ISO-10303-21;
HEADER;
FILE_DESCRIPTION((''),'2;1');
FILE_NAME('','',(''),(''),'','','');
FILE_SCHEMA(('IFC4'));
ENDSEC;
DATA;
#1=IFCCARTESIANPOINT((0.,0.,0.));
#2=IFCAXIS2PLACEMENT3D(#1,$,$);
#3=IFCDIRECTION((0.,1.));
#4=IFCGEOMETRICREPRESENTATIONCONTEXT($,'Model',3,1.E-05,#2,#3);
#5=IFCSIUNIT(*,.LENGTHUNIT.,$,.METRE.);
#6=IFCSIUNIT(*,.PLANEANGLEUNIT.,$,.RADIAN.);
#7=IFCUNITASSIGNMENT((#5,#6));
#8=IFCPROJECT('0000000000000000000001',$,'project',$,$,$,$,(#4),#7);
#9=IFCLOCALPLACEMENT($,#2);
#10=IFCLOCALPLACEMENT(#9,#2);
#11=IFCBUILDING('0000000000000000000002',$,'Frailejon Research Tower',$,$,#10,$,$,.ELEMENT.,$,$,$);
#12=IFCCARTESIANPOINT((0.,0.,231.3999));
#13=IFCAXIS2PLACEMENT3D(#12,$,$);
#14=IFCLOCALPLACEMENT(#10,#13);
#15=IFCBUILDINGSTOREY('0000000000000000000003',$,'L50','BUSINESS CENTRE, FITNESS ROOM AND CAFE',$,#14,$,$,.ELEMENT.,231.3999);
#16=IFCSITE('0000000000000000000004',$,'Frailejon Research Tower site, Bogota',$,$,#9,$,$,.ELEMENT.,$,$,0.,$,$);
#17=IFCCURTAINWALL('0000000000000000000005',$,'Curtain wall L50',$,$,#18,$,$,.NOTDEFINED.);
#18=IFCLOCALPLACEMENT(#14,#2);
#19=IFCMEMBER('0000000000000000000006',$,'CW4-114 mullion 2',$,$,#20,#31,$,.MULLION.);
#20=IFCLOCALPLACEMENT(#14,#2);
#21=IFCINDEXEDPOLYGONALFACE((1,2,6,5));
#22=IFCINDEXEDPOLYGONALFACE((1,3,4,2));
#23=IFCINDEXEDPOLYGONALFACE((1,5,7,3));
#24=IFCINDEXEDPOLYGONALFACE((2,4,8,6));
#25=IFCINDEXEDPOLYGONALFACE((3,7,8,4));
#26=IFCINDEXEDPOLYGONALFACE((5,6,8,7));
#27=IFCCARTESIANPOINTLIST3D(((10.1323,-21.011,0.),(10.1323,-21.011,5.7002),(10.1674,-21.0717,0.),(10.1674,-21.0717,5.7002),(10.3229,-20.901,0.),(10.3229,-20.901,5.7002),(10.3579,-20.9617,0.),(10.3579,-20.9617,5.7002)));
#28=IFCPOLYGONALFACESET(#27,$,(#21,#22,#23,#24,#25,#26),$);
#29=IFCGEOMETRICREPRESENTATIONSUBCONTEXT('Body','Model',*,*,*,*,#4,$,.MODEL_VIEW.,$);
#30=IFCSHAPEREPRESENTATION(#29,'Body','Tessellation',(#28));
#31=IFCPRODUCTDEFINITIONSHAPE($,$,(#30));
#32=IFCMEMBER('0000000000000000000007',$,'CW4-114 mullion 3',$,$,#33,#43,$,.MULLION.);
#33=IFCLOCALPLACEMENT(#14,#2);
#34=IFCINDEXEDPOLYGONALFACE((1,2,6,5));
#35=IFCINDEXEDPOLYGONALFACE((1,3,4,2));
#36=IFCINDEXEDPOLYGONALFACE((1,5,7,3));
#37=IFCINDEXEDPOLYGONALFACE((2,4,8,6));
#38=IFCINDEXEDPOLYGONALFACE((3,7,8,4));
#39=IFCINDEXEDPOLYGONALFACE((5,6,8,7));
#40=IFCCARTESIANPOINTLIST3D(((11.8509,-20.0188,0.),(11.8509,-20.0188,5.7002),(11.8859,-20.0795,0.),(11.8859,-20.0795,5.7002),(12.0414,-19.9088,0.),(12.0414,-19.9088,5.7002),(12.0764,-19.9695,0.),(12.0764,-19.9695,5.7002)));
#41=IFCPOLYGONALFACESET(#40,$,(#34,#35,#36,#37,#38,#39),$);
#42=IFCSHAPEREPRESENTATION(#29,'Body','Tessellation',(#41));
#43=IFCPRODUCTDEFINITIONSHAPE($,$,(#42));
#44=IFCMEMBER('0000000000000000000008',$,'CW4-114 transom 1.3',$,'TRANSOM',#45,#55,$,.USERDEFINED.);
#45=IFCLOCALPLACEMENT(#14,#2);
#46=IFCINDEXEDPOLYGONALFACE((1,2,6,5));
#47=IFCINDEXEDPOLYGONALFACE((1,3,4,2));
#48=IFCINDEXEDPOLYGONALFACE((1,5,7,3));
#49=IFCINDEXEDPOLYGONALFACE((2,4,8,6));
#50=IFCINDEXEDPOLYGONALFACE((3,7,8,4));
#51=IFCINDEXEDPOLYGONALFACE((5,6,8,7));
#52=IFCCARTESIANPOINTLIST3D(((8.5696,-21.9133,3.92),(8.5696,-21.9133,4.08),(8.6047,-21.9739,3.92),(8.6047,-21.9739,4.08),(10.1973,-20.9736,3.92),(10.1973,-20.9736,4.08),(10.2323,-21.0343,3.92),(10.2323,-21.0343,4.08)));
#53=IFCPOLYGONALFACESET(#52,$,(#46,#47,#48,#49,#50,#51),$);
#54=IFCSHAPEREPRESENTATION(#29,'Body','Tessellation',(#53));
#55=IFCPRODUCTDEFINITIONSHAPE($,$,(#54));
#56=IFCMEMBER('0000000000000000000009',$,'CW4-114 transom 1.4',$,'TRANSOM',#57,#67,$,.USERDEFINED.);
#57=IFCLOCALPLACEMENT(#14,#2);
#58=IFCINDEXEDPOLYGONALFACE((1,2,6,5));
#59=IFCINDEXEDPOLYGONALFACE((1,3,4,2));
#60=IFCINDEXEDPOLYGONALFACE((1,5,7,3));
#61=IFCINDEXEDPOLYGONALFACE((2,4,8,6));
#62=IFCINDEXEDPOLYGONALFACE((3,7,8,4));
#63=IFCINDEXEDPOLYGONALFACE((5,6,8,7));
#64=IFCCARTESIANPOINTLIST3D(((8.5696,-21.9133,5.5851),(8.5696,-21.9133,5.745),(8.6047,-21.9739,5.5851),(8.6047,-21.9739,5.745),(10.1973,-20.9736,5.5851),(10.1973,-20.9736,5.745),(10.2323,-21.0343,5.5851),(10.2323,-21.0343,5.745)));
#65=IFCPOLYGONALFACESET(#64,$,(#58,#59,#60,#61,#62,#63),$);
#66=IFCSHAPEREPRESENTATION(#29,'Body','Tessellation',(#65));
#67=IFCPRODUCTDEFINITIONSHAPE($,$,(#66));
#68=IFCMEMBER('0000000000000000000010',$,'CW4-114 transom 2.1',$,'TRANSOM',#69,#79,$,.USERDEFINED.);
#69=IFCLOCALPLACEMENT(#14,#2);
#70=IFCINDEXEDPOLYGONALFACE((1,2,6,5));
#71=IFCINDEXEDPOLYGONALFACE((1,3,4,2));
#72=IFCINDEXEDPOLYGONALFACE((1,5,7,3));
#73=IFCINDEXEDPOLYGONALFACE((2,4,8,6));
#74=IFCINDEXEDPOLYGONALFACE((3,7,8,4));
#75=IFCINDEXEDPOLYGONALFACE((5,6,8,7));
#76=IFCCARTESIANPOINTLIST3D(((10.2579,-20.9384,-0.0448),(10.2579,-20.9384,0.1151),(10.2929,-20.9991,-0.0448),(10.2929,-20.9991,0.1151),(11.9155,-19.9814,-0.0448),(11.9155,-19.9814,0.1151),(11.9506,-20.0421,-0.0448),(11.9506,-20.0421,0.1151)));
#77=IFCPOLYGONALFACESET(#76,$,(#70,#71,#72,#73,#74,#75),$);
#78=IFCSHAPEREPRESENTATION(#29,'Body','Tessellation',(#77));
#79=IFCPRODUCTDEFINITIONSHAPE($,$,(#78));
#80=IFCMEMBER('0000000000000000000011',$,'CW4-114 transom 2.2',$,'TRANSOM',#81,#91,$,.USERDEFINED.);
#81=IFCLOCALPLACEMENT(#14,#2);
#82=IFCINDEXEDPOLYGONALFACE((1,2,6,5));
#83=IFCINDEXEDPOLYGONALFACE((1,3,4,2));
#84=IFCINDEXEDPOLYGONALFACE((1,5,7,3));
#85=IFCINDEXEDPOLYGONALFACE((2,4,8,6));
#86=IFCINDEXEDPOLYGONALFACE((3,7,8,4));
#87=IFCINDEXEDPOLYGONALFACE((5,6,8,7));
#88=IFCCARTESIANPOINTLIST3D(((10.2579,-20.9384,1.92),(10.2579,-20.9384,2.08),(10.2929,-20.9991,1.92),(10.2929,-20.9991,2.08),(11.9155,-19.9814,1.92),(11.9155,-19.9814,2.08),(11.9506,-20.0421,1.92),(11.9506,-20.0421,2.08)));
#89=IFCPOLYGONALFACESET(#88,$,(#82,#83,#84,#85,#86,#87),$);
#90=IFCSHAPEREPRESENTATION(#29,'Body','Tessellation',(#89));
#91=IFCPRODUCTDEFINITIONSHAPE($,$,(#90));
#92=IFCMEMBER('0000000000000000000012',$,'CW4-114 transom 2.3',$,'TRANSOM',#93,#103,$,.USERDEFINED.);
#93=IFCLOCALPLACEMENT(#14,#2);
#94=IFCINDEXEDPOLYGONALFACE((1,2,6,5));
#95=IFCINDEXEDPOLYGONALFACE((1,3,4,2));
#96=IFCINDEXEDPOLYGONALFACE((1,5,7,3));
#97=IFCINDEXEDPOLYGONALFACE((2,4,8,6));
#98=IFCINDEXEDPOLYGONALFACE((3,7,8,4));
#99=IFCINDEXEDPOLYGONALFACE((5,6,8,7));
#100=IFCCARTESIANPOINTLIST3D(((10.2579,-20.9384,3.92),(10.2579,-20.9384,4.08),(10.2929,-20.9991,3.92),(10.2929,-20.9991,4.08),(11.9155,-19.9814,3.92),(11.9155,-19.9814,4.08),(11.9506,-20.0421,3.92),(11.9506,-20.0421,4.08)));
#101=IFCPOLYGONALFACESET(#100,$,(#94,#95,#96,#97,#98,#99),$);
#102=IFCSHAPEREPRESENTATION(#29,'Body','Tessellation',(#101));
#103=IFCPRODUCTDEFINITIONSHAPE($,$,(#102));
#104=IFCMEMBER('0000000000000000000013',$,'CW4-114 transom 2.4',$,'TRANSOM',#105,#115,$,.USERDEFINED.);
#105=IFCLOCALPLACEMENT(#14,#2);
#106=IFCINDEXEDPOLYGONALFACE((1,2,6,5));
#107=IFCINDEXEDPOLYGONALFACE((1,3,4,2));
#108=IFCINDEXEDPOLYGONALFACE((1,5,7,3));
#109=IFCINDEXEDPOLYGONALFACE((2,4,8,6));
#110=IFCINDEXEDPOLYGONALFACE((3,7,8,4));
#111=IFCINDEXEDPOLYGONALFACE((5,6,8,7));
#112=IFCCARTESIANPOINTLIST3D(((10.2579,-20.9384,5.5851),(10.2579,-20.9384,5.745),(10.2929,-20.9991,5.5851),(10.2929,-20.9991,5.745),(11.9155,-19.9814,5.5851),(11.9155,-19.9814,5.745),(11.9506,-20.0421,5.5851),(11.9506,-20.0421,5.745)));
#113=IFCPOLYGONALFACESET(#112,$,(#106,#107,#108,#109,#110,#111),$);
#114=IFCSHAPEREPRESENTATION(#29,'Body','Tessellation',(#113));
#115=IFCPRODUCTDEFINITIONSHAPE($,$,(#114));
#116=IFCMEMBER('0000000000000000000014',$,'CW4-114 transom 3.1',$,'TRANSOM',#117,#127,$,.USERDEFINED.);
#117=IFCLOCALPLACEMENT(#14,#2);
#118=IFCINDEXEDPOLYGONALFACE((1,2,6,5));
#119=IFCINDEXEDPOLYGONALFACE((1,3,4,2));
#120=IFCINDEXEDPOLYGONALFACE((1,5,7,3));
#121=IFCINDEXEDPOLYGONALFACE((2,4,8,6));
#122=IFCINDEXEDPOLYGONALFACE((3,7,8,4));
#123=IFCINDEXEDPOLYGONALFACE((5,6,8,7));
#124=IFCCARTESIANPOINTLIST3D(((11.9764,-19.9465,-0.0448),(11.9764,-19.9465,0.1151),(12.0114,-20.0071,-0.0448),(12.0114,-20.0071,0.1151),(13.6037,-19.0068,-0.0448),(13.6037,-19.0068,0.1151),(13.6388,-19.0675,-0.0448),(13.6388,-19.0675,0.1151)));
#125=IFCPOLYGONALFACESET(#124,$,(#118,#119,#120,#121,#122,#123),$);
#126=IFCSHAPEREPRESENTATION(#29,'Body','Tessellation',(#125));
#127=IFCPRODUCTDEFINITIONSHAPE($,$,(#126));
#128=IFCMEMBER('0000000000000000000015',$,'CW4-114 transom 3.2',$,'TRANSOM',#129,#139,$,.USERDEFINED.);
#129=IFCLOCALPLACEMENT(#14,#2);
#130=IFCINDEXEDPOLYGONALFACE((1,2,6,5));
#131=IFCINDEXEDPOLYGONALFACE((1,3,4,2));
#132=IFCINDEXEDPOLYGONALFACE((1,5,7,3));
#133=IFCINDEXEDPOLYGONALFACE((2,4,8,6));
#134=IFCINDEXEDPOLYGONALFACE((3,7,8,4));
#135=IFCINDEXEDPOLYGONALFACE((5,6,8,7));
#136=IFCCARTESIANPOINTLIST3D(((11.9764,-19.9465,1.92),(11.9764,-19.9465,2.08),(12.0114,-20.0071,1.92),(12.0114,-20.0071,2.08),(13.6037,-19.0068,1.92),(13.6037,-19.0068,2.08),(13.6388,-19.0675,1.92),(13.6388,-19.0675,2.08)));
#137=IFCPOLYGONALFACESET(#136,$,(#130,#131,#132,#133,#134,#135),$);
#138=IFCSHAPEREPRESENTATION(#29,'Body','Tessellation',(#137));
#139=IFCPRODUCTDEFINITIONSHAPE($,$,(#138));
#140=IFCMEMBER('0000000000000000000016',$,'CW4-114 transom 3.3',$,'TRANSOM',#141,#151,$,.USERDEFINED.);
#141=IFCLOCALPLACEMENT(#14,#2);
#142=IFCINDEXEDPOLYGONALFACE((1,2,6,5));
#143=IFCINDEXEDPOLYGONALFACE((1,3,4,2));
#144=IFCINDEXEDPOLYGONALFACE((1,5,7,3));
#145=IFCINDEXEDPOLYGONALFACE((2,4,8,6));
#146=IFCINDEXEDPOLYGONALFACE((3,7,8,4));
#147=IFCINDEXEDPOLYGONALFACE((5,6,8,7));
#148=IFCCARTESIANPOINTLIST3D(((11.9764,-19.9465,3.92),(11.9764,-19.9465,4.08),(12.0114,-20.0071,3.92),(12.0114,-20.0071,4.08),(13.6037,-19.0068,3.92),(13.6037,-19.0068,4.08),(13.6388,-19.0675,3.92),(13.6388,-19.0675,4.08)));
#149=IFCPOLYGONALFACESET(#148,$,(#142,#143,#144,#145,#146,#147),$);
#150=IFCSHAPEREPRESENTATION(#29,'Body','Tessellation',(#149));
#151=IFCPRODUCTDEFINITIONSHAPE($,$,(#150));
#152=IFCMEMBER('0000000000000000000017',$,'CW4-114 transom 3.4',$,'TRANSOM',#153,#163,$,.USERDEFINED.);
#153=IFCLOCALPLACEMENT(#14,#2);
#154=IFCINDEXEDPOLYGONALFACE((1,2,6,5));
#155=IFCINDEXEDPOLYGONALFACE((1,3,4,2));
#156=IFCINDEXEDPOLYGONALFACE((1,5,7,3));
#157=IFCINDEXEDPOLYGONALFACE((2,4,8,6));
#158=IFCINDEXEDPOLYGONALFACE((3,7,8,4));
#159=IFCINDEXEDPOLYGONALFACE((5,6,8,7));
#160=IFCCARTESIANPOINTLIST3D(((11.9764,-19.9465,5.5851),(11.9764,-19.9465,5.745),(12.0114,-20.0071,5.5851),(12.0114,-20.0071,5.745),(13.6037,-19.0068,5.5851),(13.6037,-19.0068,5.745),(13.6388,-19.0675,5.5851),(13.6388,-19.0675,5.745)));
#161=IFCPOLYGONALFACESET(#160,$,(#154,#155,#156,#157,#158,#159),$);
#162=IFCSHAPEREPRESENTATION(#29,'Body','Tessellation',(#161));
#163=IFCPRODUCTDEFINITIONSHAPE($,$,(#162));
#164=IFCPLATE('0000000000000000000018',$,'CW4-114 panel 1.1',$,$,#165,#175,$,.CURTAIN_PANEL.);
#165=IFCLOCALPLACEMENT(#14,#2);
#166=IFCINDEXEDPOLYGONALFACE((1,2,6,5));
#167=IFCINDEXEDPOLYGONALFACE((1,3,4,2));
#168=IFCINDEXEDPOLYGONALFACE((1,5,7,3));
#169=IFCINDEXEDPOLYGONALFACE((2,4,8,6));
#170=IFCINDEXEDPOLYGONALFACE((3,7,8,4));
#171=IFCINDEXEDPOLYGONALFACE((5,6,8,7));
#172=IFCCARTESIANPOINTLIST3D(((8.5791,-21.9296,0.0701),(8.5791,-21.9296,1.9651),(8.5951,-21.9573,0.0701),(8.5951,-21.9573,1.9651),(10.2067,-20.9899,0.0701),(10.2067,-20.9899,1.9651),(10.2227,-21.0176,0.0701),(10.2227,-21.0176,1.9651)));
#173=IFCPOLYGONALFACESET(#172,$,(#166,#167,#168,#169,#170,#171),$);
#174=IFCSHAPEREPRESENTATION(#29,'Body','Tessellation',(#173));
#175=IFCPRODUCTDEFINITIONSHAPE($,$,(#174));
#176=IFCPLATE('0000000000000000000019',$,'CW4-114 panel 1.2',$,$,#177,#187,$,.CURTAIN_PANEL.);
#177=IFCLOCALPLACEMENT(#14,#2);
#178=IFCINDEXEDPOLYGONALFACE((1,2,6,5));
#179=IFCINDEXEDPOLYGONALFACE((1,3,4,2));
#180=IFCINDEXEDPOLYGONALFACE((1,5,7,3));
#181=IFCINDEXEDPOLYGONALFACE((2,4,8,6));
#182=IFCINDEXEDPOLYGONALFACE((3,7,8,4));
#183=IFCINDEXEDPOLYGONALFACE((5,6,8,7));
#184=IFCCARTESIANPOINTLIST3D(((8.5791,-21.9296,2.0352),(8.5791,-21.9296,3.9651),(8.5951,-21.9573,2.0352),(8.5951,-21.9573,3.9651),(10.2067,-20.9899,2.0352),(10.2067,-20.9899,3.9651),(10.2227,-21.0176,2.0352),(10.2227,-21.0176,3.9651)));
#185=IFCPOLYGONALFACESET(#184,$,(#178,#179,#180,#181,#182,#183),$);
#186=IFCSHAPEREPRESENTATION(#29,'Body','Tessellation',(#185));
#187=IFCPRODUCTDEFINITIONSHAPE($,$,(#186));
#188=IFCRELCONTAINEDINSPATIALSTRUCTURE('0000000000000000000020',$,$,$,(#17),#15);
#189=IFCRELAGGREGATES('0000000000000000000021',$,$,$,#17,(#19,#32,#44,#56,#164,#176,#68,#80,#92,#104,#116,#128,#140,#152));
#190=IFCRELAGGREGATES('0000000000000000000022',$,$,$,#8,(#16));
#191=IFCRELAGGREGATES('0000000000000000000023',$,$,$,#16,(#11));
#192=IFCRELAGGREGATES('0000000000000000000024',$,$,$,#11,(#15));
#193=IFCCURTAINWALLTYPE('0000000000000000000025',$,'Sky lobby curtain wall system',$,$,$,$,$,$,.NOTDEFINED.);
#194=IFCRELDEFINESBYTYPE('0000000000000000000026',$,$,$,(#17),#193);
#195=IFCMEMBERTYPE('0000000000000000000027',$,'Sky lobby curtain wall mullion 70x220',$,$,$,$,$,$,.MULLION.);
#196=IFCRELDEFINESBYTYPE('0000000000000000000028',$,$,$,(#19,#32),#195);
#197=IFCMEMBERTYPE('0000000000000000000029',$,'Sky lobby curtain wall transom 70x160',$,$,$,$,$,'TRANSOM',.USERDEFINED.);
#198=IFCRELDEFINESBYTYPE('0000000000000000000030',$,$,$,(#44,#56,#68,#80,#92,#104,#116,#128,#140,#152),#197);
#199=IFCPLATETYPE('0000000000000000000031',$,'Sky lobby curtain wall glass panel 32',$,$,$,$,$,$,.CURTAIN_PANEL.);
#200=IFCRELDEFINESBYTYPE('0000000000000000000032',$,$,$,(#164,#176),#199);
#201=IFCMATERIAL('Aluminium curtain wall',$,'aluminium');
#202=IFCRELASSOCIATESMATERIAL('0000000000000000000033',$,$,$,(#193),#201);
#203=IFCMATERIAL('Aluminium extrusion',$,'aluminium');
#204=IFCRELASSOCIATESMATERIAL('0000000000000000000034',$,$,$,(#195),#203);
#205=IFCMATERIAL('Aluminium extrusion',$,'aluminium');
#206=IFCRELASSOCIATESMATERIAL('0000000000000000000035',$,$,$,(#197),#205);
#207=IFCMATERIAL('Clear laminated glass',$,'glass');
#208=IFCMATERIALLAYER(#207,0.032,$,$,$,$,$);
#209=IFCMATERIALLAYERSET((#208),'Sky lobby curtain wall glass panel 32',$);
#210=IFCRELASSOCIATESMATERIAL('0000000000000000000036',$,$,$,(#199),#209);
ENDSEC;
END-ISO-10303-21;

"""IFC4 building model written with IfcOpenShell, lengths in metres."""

from ifc_helpers import new_model, si_unit, direction, frame, origin, origin_2d, place, context, subcontext, project, spatial, rectangle, extrude, material, layer, layer_set, material_profile, profile_set, type_object, element, aggregate, save


model = new_model("IFC4")

# Units and contexts
model_context = context("Model", 3, precision=1e-05, world=origin(), true_north=direction((0.0, 1.0)))
body_context = subcontext(model_context, "Body", "Model", "MODEL_VIEW")
ifc_project = project(units=[si_unit("LENGTHUNIT", "METRE"), si_unit("PLANEANGLEUNIT", "RADIAN")], contexts=[model_context])

# Site, building, storey
site_placement = place(None, origin())
site = spatial("IfcSite", under=ifc_project, at=site_placement, Name="Frailejon Research Tower site, Bogota", CompositionType="ELEMENT", RefElevation=0.0)
building_placement = place(site_placement, origin())
building = spatial("IfcBuilding", under=site, at=building_placement, Name="Frailejon Research Tower", CompositionType="ELEMENT")
storey_placement = place(building_placement, frame((0.0, 0.0, 231.3999)))
storey = spatial("IfcBuildingStorey", under=building, at=storey_placement, Name="L50", Description="BUSINESS CENTRE, FITNESS ROOM AND CAFE", CompositionType="ELEMENT", Elevation=231.3999)

# Curtain wall, members, plates
ifc_material_1 = material(Name="Aluminium curtain wall", Category="aluminium")
curtain_wall_type = type_object("IfcCurtainWallType", Name="Sky lobby curtain wall system", PredefinedType="NOTDEFINED", material=ifc_material_1)
curtain_wall_placement = place(storey_placement, origin())
curtain_wall = element("IfcCurtainWall", 1, at=curtain_wall_placement, inside=storey, type_object=curtain_wall_type, Name="Curtain wall L50", PredefinedType="NOTDEFINED")
ifc_material_2 = material(Name="Aluminium extrusion", Category="aluminium")
ifc_material_profile_1 = material_profile(ifc_material_2, rectangle(XDim=0.0701, YDim=0.22, at=origin_2d()), Name="Sky lobby curtain wall mullion 70x220")
ifc_profile_set_1 = profile_set([ifc_material_profile_1], Name="Aluminium extrusion")
member_type_1 = type_object("IfcMemberType", Name="Sky lobby curtain wall mullion 70x220", PredefinedType="MULLION", material=ifc_profile_set_1)
member_1_placement = place(storey_placement, frame((10.2451, -20.9863, 0.0), z_axis=(0.0, 0.0, 1.0), x_axis=(-0.499991, 0.866031, 0.0)))
member_1 = element("IfcMember", 2, at=member_1_placement, type_object=member_type_1, Name="CW4-114 mullion 2", PredefinedType="MULLION", context=body_context, shape_type="SweptSolid", body=[
    extrude(rectangle(XDim=0.0701, YDim=0.22, at=origin_2d()), origin(), (0.0, 0.0, 1.0), 5.7002),
])
member_2_placement = place(storey_placement, frame((11.9636, -19.9941, 0.0), z_axis=(0.0, 0.0, 1.0), x_axis=(-0.499991, 0.866031, 0.0)))
member_2 = element("IfcMember", 3, at=member_2_placement, type_object=member_type_1, Name="CW4-114 mullion 3", PredefinedType="MULLION", context=body_context, shape_type="SweptSolid", body=[
    extrude(rectangle(XDim=0.0701, YDim=0.22, at=origin_2d()), origin(), (0.0, 0.0, 1.0), 5.7002),
])
ifc_material_3 = material(Name="Aluminium extrusion", Category="aluminium")
ifc_material_profile_2 = material_profile(ifc_material_3, rectangle(XDim=0.0701, YDim=0.1599, at=origin_2d()), Name="Sky lobby curtain wall transom 70x160")
ifc_profile_set_2 = profile_set([ifc_material_profile_2], Name="Aluminium extrusion")
member_type_2 = type_object("IfcMemberType", Name="Sky lobby curtain wall transom 70x160", ElementType="TRANSOM", PredefinedType="USERDEFINED", material=ifc_profile_set_2)
member_3_placement = place(storey_placement, frame((8.5872, -21.9436, 4.0), z_axis=(0.866036, 0.499981, 0.0), x_axis=(-0.499981, 0.866036, 0.0)))
member_3 = element("IfcMember", 4, at=member_3_placement, type_object=member_type_2, Name="CW4-114 transom 1.3", ObjectType="TRANSOM", PredefinedType="USERDEFINED", context=body_context, shape_type="SweptSolid", body=[
    extrude(rectangle(XDim=0.0701, YDim=0.1599, at=origin_2d()), origin(), (0.0, 0.0, 1.0), 1.8794),
])
member_4_placement = place(storey_placement, frame((8.5872, -21.9436, 5.665), z_axis=(0.866036, 0.499981, 0.0), x_axis=(-0.499981, 0.866036, 0.0)))
member_4 = element("IfcMember", 5, at=member_4_placement, type_object=member_type_2, Name="CW4-114 transom 1.4", ObjectType="TRANSOM", PredefinedType="USERDEFINED", context=body_context, shape_type="SweptSolid", body=[
    extrude(rectangle(XDim=0.0701, YDim=0.1599, at=origin_2d()), origin(), (0.0, 0.0, 1.0), 1.8794),
])
member_5_placement = place(storey_placement, frame((10.2754, -20.9688, 0.0352), z_axis=(0.866037, 0.49998, 0.0), x_axis=(-0.49998, 0.866037, 0.0)))
member_5 = element("IfcMember", 6, at=member_5_placement, type_object=member_type_2, Name="CW4-114 transom 2.1", ObjectType="TRANSOM", PredefinedType="USERDEFINED", context=body_context, shape_type="SweptSolid", body=[
    extrude(rectangle(XDim=0.0701, YDim=0.1599, at=origin_2d()), origin(), (0.0, 0.0, 1.0), 1.9141),
])
member_6_placement = place(storey_placement, frame((10.2754, -20.9688, 2.0), z_axis=(0.866037, 0.49998, 0.0), x_axis=(-0.49998, 0.866037, 0.0)))
member_6 = element("IfcMember", 7, at=member_6_placement, type_object=member_type_2, Name="CW4-114 transom 2.2", ObjectType="TRANSOM", PredefinedType="USERDEFINED", context=body_context, shape_type="SweptSolid", body=[
    extrude(rectangle(XDim=0.0701, YDim=0.1599, at=origin_2d()), origin(), (0.0, 0.0, 1.0), 1.9141),
])
member_7_placement = place(storey_placement, frame((10.2754, -20.9688, 4.0), z_axis=(0.866037, 0.49998, 0.0), x_axis=(-0.49998, 0.866037, 0.0)))
member_7 = element("IfcMember", 8, at=member_7_placement, type_object=member_type_2, Name="CW4-114 transom 2.3", ObjectType="TRANSOM", PredefinedType="USERDEFINED", context=body_context, shape_type="SweptSolid", body=[
    extrude(rectangle(XDim=0.0701, YDim=0.1599, at=origin_2d()), origin(), (0.0, 0.0, 1.0), 1.9141),
])
member_8_placement = place(storey_placement, frame((10.2754, -20.9688, 5.665), z_axis=(0.866037, 0.49998, 0.0), x_axis=(-0.49998, 0.866037, 0.0)))
member_8 = element("IfcMember", 9, at=member_8_placement, type_object=member_type_2, Name="CW4-114 transom 2.4", ObjectType="TRANSOM", PredefinedType="USERDEFINED", context=body_context, shape_type="SweptSolid", body=[
    extrude(rectangle(XDim=0.0701, YDim=0.1599, at=origin_2d()), origin(), (0.0, 0.0, 1.0), 1.9141),
])
member_9_placement = place(storey_placement, frame((11.9939, -19.9768, 0.0352), z_axis=(0.866004, 0.500037, 0.0), x_axis=(-0.500037, 0.866004, 0.0)))
member_9 = element("IfcMember", 10, at=member_9_placement, type_object=member_type_2, Name="CW4-114 transom 3.1", ObjectType="TRANSOM", PredefinedType="USERDEFINED", context=body_context, shape_type="SweptSolid", body=[
    extrude(rectangle(XDim=0.0701, YDim=0.1599, at=origin_2d()), origin(), (0.0, 0.0, 1.0), 1.8792),
])
member_10_placement = place(storey_placement, frame((11.9939, -19.9768, 2.0), z_axis=(0.866004, 0.500037, 0.0), x_axis=(-0.500037, 0.866004, 0.0)))
member_10 = element("IfcMember", 11, at=member_10_placement, type_object=member_type_2, Name="CW4-114 transom 3.2", ObjectType="TRANSOM", PredefinedType="USERDEFINED", context=body_context, shape_type="SweptSolid", body=[
    extrude(rectangle(XDim=0.0701, YDim=0.1599, at=origin_2d()), origin(), (0.0, 0.0, 1.0), 1.8792),
])
member_11_placement = place(storey_placement, frame((11.9939, -19.9768, 4.0), z_axis=(0.866004, 0.500037, 0.0), x_axis=(-0.500037, 0.866004, 0.0)))
member_11 = element("IfcMember", 12, at=member_11_placement, type_object=member_type_2, Name="CW4-114 transom 3.3", ObjectType="TRANSOM", PredefinedType="USERDEFINED", context=body_context, shape_type="SweptSolid", body=[
    extrude(rectangle(XDim=0.0701, YDim=0.1599, at=origin_2d()), origin(), (0.0, 0.0, 1.0), 1.8792),
])
member_12_placement = place(storey_placement, frame((11.9939, -19.9768, 5.665), z_axis=(0.866004, 0.500037, 0.0), x_axis=(-0.500037, 0.866004, 0.0)))
member_12 = element("IfcMember", 13, at=member_12_placement, type_object=member_type_2, Name="CW4-114 transom 3.4", ObjectType="TRANSOM", PredefinedType="USERDEFINED", context=body_context, shape_type="SweptSolid", body=[
    extrude(rectangle(XDim=0.0701, YDim=0.1599, at=origin_2d()), origin(), (0.0, 0.0, 1.0), 1.8792),
])
ifc_material_4 = material(Name="Clear laminated glass", Category="glass")
ifc_layer_1 = layer(ifc_material_4, 0.032)
ifc_layer_set_1 = layer_set([ifc_layer_1], Name="Sky lobby curtain wall glass panel 32")
plate_type = type_object("IfcPlateType", Name="Sky lobby curtain wall glass panel 32", PredefinedType="CURTAIN_PANEL", material=ifc_layer_set_1)
plate_1_placement = place(storey_placement, frame((9.4009, -21.4736, 0.0701), z_axis=(0.0, 0.0, 1.0), x_axis=(0.866031, 0.499991, 0.0)))
plate_1 = element("IfcPlate", 14, at=plate_1_placement, type_object=plate_type, Name="CW4-114 panel 1.1", PredefinedType="CURTAIN_PANEL", context=body_context, shape_type="SweptSolid", body=[
    extrude(rectangle(XDim=1.8794, YDim=0.032, at=origin_2d()), origin(), (0.0, 0.0, 1.0), 1.895),
])
plate_2_placement = place(storey_placement, frame((9.4009, -21.4736, 2.0352), z_axis=(0.0, 0.0, 1.0), x_axis=(0.866031, 0.499991, 0.0)))
plate_2 = element("IfcPlate", 15, at=plate_2_placement, type_object=plate_type, Name="CW4-114 panel 1.2", PredefinedType="CURTAIN_PANEL", context=body_context, shape_type="SweptSolid", body=[
    extrude(rectangle(XDim=1.8794, YDim=0.032, at=origin_2d()), origin(), (0.0, 0.0, 1.0), 1.9299),
])
aggregate(curtain_wall, [member_1, member_2, member_3, member_4, plate_1, plate_2, member_5, member_6, member_7, member_8, member_9, member_10, member_11, member_12])

save(model, "model.ifc")
